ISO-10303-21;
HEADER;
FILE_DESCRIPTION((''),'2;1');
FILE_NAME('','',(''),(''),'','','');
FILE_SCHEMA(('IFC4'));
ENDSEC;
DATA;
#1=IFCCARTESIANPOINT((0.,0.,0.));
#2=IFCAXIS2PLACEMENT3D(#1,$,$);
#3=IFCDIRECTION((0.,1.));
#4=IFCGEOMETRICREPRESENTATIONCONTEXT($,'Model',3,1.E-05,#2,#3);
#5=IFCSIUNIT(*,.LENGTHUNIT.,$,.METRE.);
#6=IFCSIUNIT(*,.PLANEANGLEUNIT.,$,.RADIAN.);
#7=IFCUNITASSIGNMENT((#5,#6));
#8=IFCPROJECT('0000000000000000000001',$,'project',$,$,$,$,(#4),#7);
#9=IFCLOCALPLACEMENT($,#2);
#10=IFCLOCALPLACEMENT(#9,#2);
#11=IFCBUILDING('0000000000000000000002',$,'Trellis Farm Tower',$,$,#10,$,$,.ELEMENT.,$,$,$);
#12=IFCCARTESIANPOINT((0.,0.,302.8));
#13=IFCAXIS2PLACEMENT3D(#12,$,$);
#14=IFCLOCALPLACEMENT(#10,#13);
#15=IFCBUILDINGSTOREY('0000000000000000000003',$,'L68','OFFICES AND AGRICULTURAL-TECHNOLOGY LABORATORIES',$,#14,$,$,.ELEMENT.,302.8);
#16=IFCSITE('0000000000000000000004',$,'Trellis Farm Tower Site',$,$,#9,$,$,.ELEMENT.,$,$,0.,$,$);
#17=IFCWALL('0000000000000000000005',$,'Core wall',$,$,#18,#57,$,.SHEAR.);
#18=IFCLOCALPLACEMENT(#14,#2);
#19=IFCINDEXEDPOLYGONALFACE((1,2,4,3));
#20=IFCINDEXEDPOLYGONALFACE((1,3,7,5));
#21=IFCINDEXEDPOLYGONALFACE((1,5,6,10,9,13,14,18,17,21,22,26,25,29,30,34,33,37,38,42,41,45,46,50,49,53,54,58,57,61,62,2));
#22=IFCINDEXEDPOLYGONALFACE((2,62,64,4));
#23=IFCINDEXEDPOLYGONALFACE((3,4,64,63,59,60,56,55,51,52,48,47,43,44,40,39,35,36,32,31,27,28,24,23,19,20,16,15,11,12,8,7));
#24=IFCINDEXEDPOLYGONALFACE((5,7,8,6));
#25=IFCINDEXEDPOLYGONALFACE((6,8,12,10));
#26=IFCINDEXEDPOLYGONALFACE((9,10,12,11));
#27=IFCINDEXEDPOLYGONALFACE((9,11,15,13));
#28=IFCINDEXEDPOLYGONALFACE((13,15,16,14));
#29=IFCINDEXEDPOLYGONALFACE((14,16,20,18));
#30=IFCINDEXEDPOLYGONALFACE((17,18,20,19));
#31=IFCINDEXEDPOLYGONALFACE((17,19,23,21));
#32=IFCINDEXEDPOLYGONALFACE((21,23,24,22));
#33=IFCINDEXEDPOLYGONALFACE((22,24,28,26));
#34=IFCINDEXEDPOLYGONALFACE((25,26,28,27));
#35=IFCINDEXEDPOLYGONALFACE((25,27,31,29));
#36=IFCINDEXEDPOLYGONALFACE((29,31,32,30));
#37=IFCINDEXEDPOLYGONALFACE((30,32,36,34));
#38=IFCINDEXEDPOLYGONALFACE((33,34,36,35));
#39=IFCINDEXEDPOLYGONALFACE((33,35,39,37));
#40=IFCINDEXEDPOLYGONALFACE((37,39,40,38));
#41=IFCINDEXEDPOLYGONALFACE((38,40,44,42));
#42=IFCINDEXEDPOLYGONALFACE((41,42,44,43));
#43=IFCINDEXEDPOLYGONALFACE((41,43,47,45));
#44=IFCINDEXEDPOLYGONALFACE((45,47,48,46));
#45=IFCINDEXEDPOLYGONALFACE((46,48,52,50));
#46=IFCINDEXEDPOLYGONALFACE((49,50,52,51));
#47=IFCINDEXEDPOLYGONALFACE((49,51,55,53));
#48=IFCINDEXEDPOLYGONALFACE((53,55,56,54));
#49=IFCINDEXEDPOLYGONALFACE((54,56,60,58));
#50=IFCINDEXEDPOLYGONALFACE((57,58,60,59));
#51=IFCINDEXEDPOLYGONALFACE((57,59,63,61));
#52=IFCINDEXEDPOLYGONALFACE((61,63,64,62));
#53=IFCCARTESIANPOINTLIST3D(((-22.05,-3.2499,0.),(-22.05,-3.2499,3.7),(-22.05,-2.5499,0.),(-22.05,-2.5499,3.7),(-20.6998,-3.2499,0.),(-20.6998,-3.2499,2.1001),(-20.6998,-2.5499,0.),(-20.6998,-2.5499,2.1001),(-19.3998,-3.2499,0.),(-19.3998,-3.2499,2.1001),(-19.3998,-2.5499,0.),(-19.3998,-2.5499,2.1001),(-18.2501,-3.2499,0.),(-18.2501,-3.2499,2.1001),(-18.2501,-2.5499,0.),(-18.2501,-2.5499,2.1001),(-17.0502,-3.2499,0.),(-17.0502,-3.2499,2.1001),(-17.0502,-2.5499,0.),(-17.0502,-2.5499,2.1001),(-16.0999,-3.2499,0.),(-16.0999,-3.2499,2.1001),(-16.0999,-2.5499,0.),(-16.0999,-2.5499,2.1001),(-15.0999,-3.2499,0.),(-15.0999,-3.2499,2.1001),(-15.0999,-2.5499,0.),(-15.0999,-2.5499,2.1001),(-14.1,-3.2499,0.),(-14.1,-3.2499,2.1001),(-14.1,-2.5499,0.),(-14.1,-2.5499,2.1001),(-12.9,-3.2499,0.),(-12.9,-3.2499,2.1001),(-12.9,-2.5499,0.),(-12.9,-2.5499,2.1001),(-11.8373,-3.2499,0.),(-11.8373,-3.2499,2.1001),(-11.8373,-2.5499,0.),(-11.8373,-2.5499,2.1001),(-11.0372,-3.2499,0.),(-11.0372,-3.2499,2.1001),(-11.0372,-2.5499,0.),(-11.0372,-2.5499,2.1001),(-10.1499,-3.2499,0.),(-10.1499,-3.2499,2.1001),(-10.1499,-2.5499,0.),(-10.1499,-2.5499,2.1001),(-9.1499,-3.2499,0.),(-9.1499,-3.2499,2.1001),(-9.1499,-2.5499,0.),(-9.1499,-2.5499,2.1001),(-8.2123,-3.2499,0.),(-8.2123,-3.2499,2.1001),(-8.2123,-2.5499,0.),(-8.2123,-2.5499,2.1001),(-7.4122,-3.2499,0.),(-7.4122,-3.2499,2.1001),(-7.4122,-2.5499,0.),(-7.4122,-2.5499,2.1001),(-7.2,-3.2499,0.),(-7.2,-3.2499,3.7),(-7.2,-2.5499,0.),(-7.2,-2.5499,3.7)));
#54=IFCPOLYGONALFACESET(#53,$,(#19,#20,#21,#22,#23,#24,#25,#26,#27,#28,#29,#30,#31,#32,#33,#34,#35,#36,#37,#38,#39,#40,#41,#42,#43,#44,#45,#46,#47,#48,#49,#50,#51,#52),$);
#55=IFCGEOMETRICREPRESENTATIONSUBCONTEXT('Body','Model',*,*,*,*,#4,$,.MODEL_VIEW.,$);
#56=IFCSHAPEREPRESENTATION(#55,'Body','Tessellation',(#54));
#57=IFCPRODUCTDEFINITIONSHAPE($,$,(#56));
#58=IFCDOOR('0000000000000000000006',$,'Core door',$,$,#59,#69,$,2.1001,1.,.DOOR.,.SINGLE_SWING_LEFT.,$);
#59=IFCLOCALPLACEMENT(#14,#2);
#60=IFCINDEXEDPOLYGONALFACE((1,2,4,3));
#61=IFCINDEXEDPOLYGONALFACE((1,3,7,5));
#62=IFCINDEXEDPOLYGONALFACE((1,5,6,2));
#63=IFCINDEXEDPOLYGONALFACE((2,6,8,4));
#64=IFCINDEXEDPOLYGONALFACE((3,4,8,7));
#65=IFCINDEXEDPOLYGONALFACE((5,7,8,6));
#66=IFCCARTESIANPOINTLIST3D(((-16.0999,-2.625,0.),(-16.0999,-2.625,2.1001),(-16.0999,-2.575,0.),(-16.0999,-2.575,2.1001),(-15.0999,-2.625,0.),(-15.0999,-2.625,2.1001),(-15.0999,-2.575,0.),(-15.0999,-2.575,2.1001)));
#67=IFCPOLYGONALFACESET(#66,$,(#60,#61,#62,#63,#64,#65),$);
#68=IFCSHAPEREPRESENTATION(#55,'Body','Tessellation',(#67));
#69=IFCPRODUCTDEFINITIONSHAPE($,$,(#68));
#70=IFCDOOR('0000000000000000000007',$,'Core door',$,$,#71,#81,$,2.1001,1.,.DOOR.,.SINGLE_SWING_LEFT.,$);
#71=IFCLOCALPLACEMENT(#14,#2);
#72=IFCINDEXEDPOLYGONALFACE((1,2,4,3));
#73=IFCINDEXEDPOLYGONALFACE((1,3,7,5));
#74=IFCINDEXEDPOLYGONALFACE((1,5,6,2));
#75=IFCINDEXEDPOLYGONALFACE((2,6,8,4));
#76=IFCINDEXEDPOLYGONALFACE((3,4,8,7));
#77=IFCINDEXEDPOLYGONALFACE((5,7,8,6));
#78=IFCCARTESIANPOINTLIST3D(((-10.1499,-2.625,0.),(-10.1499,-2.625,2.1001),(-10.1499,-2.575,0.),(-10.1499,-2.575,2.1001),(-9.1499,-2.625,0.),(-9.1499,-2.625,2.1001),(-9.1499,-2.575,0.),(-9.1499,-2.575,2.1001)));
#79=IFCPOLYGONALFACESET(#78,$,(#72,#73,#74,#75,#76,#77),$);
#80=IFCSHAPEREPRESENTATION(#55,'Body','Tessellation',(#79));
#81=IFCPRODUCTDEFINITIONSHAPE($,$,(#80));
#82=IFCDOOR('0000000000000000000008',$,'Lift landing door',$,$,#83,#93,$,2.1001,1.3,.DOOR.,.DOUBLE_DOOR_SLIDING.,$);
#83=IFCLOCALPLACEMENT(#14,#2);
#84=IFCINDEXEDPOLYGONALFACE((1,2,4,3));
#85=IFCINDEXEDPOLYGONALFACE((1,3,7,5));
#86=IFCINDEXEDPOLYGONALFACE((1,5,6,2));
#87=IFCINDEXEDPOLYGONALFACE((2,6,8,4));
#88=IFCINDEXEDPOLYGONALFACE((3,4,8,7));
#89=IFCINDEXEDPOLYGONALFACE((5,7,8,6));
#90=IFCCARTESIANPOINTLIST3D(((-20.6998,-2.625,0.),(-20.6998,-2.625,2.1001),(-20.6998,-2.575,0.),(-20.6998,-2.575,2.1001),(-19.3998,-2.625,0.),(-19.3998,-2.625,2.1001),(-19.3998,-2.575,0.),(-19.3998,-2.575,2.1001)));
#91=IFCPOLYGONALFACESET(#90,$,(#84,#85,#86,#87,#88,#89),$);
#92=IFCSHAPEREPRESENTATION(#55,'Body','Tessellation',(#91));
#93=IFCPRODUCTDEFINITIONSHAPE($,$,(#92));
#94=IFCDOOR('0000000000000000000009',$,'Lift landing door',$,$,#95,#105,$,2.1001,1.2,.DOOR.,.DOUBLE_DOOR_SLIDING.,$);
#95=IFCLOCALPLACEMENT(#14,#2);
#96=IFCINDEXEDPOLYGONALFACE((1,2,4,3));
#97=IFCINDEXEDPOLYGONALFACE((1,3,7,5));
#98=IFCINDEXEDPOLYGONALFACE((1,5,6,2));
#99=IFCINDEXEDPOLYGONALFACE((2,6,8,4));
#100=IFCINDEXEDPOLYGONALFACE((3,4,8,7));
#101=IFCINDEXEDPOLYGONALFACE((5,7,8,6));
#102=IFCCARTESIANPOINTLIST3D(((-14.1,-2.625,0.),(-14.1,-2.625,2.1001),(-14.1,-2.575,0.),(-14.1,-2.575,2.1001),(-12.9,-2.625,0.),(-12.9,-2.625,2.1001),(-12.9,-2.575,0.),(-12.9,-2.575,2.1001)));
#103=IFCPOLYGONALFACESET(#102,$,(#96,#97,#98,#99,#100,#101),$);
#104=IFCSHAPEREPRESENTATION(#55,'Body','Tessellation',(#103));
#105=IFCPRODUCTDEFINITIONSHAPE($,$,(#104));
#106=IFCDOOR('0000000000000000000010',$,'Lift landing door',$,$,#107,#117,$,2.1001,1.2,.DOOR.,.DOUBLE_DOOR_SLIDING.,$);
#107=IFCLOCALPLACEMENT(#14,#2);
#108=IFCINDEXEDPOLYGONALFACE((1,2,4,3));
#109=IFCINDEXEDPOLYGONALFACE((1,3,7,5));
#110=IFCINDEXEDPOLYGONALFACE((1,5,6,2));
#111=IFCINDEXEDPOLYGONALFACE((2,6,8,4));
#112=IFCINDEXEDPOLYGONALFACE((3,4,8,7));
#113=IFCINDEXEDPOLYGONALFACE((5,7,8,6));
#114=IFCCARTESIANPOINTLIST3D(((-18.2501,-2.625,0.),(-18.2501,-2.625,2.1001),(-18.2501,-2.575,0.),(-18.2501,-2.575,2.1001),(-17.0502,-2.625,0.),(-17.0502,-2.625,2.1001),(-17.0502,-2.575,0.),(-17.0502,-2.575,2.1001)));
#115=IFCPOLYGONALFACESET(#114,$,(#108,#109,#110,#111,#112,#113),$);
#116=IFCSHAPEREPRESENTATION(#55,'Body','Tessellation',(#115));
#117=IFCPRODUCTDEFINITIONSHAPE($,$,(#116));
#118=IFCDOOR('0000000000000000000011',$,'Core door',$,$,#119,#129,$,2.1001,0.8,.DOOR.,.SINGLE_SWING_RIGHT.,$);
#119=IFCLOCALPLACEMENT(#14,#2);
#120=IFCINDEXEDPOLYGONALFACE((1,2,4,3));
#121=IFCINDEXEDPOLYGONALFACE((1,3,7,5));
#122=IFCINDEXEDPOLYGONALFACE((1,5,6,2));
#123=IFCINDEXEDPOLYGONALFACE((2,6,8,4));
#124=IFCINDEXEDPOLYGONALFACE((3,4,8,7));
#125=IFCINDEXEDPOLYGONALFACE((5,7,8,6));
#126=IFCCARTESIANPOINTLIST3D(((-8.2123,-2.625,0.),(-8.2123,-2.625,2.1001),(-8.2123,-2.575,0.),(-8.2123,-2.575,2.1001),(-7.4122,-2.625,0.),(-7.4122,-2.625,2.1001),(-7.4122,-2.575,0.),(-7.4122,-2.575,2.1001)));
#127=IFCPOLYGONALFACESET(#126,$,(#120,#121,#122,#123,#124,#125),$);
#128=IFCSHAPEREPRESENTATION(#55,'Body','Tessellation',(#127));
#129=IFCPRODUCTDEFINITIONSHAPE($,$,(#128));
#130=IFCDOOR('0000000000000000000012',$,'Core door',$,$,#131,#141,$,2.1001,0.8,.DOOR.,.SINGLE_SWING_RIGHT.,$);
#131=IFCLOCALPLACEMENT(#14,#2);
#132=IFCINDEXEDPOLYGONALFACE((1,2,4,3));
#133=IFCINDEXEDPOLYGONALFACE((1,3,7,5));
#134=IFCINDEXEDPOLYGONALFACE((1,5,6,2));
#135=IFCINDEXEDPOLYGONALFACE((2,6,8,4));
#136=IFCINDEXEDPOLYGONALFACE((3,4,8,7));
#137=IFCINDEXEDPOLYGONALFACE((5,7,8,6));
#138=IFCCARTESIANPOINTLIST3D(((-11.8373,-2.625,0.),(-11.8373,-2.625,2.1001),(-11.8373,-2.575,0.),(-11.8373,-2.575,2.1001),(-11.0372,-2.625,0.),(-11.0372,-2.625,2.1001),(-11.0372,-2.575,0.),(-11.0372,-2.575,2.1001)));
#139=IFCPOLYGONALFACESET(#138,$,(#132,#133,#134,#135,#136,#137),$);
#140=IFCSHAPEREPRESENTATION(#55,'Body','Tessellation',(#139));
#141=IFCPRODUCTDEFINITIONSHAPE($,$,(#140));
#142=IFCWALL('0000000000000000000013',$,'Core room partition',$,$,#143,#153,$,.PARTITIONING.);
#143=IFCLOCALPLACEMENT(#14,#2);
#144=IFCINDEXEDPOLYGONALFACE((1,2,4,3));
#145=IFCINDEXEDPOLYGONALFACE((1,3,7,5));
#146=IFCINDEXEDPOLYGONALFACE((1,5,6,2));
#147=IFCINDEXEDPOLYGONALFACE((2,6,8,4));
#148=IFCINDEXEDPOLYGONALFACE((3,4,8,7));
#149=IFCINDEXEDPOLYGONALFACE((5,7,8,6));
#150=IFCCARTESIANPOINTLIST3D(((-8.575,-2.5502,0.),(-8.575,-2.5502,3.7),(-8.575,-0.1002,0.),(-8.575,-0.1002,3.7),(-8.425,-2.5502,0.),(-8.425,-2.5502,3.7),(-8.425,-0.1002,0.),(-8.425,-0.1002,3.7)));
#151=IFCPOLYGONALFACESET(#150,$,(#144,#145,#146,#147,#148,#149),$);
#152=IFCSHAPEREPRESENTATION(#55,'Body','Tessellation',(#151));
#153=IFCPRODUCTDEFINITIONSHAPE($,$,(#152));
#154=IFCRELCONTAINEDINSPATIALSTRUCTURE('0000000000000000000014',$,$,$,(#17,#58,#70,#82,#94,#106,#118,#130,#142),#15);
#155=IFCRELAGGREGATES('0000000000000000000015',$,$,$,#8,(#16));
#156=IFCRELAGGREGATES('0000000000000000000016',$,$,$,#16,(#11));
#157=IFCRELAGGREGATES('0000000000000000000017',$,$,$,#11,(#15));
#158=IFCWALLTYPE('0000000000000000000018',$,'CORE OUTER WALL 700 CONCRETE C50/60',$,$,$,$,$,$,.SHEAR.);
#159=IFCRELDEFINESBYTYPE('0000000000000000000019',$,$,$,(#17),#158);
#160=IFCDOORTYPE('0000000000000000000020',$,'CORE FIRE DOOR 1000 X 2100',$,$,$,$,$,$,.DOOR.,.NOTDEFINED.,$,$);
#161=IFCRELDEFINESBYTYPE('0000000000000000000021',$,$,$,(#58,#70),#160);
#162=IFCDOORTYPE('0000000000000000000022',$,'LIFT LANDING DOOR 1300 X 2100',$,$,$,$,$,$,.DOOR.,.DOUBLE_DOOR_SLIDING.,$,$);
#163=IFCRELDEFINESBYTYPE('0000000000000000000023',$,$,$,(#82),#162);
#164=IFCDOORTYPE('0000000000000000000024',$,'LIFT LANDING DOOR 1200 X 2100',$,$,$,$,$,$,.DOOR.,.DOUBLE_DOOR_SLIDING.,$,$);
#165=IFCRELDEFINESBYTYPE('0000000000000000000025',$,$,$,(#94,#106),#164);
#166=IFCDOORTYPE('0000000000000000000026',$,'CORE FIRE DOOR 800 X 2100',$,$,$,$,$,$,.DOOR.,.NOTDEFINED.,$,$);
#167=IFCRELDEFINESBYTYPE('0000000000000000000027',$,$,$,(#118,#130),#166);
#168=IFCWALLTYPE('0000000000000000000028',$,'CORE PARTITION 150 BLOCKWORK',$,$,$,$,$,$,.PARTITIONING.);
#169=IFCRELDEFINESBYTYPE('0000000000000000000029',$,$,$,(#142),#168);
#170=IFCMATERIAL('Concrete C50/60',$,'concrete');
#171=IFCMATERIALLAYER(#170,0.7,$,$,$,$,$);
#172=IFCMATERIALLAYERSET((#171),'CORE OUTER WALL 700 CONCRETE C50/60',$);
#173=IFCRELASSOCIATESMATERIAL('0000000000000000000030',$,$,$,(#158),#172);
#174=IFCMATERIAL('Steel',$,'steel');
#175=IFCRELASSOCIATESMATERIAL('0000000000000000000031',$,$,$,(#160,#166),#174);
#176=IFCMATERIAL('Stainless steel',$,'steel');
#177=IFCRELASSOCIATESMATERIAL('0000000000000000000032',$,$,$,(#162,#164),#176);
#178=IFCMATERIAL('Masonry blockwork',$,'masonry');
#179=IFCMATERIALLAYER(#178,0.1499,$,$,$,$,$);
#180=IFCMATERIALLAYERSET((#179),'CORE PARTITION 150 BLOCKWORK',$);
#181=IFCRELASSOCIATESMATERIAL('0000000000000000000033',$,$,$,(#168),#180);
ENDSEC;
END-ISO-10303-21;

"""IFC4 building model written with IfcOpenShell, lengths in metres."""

from ifc_helpers import new_model, si_unit, direction, frame, frame_2d, origin, place, context, subcontext, project, spatial, rectangle, extrude, source, transform, mapped, material, layer, layer_set, type_object, element, fill, save


model = new_model("IFC4")

# Units and contexts
model_context = context("Model", 3, precision=1e-05, world=origin(), true_north=direction((0.0, 1.0)))
body_context = subcontext(model_context, "Body", "Model", "MODEL_VIEW")
ifc_project = project(units=[si_unit("LENGTHUNIT", "METRE"), si_unit("PLANEANGLEUNIT", "RADIAN")], contexts=[model_context])

# Site, building, storey
site_placement = place(None, origin())
site = spatial("IfcSite", under=ifc_project, at=site_placement, Name="Trellis Farm Tower Site", CompositionType="ELEMENT", RefElevation=0.0)
building_placement = place(site_placement, origin())
building = spatial("IfcBuilding", under=site, at=building_placement, Name="Trellis Farm Tower", CompositionType="ELEMENT")
storey_placement = place(building_placement, frame((0.0, 0.0, 302.8)))
storey = spatial("IfcBuildingStorey", under=building, at=storey_placement, Name="L68", Description="OFFICES AND AGRICULTURAL-TECHNOLOGY LABORATORIES", CompositionType="ELEMENT", Elevation=302.8)

# Wall, openings, doors
ifc_material_1 = material(Name="Concrete C50/60", Category="concrete")
ifc_layer_1 = layer(ifc_material_1, 0.7)
ifc_layer_set_1 = layer_set([ifc_layer_1], Name="CORE OUTER WALL 700 CONCRETE C50/60")
wall_type_1 = type_object("IfcWallType", Name="CORE OUTER WALL 700 CONCRETE C50/60", PredefinedType="SHEAR", material=ifc_layer_set_1)
shared_shape_1 = source(origin(), body_context, "Body", "SweptSolid", [
    extrude(rectangle(XDim=14.8501, YDim=0.7, at=frame_2d((7.425, 0.0))), origin(), (0.0, 0.0, 1.0), 3.7),
])
wall_1_placement = place(storey_placement, frame((-7.2, -2.8999, 0.0), z_axis=(0.0, 0.0, 1.0), x_axis=(-1.0, 0.0, 0.0)))
wall_1 = element("IfcWall", 1, at=wall_1_placement, inside=storey, type_object=wall_type_1, Name="Core wall", PredefinedType="SHEAR", context=body_context, shape_type="MappedRepresentation", body=[
    mapped(shared_shape_1, transform((0.0, 0.0, 0.0))),
])
shared_shape_2 = source(origin(), body_context, "Body", "SweptSolid", [
    extrude(rectangle(XDim=1.2, YDim=2.1001, at=frame_2d((0.6001, 1.05))), frame((0.0, 0.3601, 0.0), z_axis=(0.0, -1.0, 0.0), x_axis=(1.0, 0.0, 0.0)), (0.0, 0.0, 1.0), 0.7202),
])
opening_1_placement = place(wall_1_placement, frame((5.7, 0.0, 0.0)))
opening_1 = element("IfcOpeningElement", 2, at=opening_1_placement, cuts=wall_1, PredefinedType="OPENING", context=body_context, shape_type="MappedRepresentation", body=[
    mapped(shared_shape_2, transform((0.0, 0.0, 0.0))),
])
shared_shape_3 = source(origin(), body_context, "Body", "SweptSolid", [
    extrude(rectangle(XDim=1.3, YDim=2.1001, at=frame_2d((0.6499, 1.05))), frame((0.0, 0.3601, 0.0), z_axis=(0.0, -1.0, 0.0), x_axis=(1.0, 0.0, 0.0)), (0.0, 0.0, 1.0), 0.7202),
])
opening_2_placement = place(wall_1_placement, frame((12.2, 0.0, 0.0)))
opening_2 = element("IfcOpeningElement", 3, at=opening_2_placement, cuts=wall_1, PredefinedType="OPENING", context=body_context, shape_type="MappedRepresentation", body=[
    mapped(shared_shape_3, transform((0.0, 0.0, 0.0))),
])
opening_3_placement = place(wall_1_placement, frame((9.8501, 0.0, 0.0)))
opening_3 = element("IfcOpeningElement", 4, at=opening_3_placement, cuts=wall_1, PredefinedType="OPENING", context=body_context, shape_type="MappedRepresentation", body=[
    mapped(shared_shape_2, transform((0.0, 0.0, 0.0))),
])
shared_shape_4 = source(origin(), body_context, "Body", "SweptSolid", [
    extrude(rectangle(XDim=1.0, YDim=2.1001, at=frame_2d((0.5, 1.05))), frame((0.0, 0.3601, 0.0), z_axis=(0.0, -1.0, 0.0), x_axis=(1.0, 0.0, 0.0)), (0.0, 0.0, 1.0), 0.7202),
])
opening_4_placement = place(wall_1_placement, frame((7.8999, 0.0, 0.0)))
opening_4 = element("IfcOpeningElement", 5, at=opening_4_placement, cuts=wall_1, PredefinedType="OPENING", context=body_context, shape_type="MappedRepresentation", body=[
    mapped(shared_shape_4, transform((0.0, 0.0, 0.0))),
])
shared_shape_5 = source(origin(), body_context, "Body", "SweptSolid", [
    extrude(rectangle(XDim=0.8, YDim=2.1001, at=frame_2d((0.3999, 1.05))), frame((0.0, 0.3601, 0.0), z_axis=(0.0, -1.0, 0.0), x_axis=(1.0, 0.0, 0.0)), (0.0, 0.0, 1.0), 0.7202),
])
opening_5_placement = place(wall_1_placement, frame((0.2124, 0.0, 0.0)))
opening_5 = element("IfcOpeningElement", 6, at=opening_5_placement, cuts=wall_1, PredefinedType="OPENING", context=body_context, shape_type="MappedRepresentation", body=[
    mapped(shared_shape_5, transform((0.0, 0.0, 0.0))),
])
opening_6_placement = place(wall_1_placement, frame((1.95, 0.0, 0.0)))
opening_6 = element("IfcOpeningElement", 7, at=opening_6_placement, cuts=wall_1, PredefinedType="OPENING", context=body_context, shape_type="MappedRepresentation", body=[
    mapped(shared_shape_4, transform((0.0, 0.0, 0.0))),
])
opening_7_placement = place(wall_1_placement, frame((3.8374, 0.0, 0.0)))
opening_7 = element("IfcOpeningElement", 8, at=opening_7_placement, cuts=wall_1, PredefinedType="OPENING", context=body_context, shape_type="MappedRepresentation", body=[
    mapped(shared_shape_5, transform((0.0, 0.0, 0.0))),
])
ifc_material_2 = material(Name="Steel", Category="steel")
door_type_1 = type_object("IfcDoorType", Name="CORE FIRE DOOR 1000 X 2100", OperationType="NOTDEFINED", PredefinedType="DOOR", material=ifc_material_2)
shared_shape_6 = source(origin(), body_context, "Body", "SweptSolid", [
    extrude(rectangle(XDim=1.0, YDim=2.1001, at=frame_2d((0.5, 1.05))), frame((0.0, -0.2749, 0.0), z_axis=(0.0, -1.0, 0.0), x_axis=(1.0, 0.0, 0.0)), (0.0, 0.0, 1.0), 0.05),
])
door_1_placement = place(opening_4_placement, origin())
door_1 = element("IfcDoor", 9, at=door_1_placement, inside=storey, type_object=door_type_1, Name="Core door", OperationType="SINGLE_SWING_LEFT", OverallHeight=2.1001, OverallWidth=1.0, PredefinedType="DOOR", context=body_context, shape_type="MappedRepresentation", body=[
    mapped(shared_shape_6, transform((0.0, 0.0, 0.0))),
])
fill(opening_4, door_1)
door_2_placement = place(opening_6_placement, origin())
door_2 = element("IfcDoor", 10, at=door_2_placement, inside=storey, type_object=door_type_1, Name="Core door", OperationType="SINGLE_SWING_LEFT", OverallHeight=2.1001, OverallWidth=1.0, PredefinedType="DOOR", context=body_context, shape_type="MappedRepresentation", body=[
    mapped(shared_shape_6, transform((0.0, 0.0, 0.0))),
])
fill(opening_6, door_2)
ifc_material_3 = material(Name="Stainless steel", Category="steel")
door_type_2 = type_object("IfcDoorType", Name="LIFT LANDING DOOR 1300 X 2100", OperationType="DOUBLE_DOOR_SLIDING", PredefinedType="DOOR", material=ifc_material_3)
shared_shape_7 = source(origin(), body_context, "Body", "SweptSolid", [
    extrude(rectangle(XDim=1.3, YDim=2.1001, at=frame_2d((0.6499, 1.05))), frame((0.0, -0.2749, 0.0), z_axis=(0.0, -1.0, 0.0), x_axis=(1.0, 0.0, 0.0)), (0.0, 0.0, 1.0), 0.05),
])
door_3_placement = place(opening_2_placement, origin())
door_3 = element("IfcDoor", 11, at=door_3_placement, inside=storey, type_object=door_type_2, Name="Lift landing door", OperationType="DOUBLE_DOOR_SLIDING", OverallHeight=2.1001, OverallWidth=1.3, PredefinedType="DOOR", context=body_context, shape_type="MappedRepresentation", body=[
    mapped(shared_shape_7, transform((0.0, 0.0, 0.0))),
])
fill(opening_2, door_3)
door_type_3 = type_object("IfcDoorType", Name="LIFT LANDING DOOR 1200 X 2100", OperationType="DOUBLE_DOOR_SLIDING", PredefinedType="DOOR", material=ifc_material_3)
shared_shape_8 = source(origin(), body_context, "Body", "SweptSolid", [
    extrude(rectangle(XDim=1.2, YDim=2.1001, at=frame_2d((0.6001, 1.05))), frame((0.0, -0.2749, 0.0), z_axis=(0.0, -1.0, 0.0), x_axis=(1.0, 0.0, 0.0)), (0.0, 0.0, 1.0), 0.05),
])
door_4_placement = place(opening_1_placement, origin())
door_4 = element("IfcDoor", 12, at=door_4_placement, inside=storey, type_object=door_type_3, Name="Lift landing door", OperationType="DOUBLE_DOOR_SLIDING", OverallHeight=2.1001, OverallWidth=1.2, PredefinedType="DOOR", context=body_context, shape_type="MappedRepresentation", body=[
    mapped(shared_shape_8, transform((0.0, 0.0, 0.0))),
])
fill(opening_1, door_4)
door_5_placement = place(opening_3_placement, origin())
door_5 = element("IfcDoor", 13, at=door_5_placement, inside=storey, type_object=door_type_3, Name="Lift landing door", OperationType="DOUBLE_DOOR_SLIDING", OverallHeight=2.1001, OverallWidth=1.2, PredefinedType="DOOR", context=body_context, shape_type="MappedRepresentation", body=[
    mapped(shared_shape_8, transform((0.0, 0.0, 0.0))),
])
fill(opening_3, door_5)
door_type_4 = type_object("IfcDoorType", Name="CORE FIRE DOOR 800 X 2100", OperationType="NOTDEFINED", PredefinedType="DOOR", material=ifc_material_2)
shared_shape_9 = source(origin(), body_context, "Body", "SweptSolid", [
    extrude(rectangle(XDim=0.8, YDim=2.1001, at=frame_2d((0.3999, 1.05))), frame((0.0, -0.2749, 0.0), z_axis=(0.0, -1.0, 0.0), x_axis=(1.0, 0.0, 0.0)), (0.0, 0.0, 1.0), 0.05),
])
door_6_placement = place(opening_5_placement, origin())
door_6 = element("IfcDoor", 14, at=door_6_placement, inside=storey, type_object=door_type_4, Name="Core door", OperationType="SINGLE_SWING_RIGHT", OverallHeight=2.1001, OverallWidth=0.8, PredefinedType="DOOR", context=body_context, shape_type="MappedRepresentation", body=[
    mapped(shared_shape_9, transform((0.0, 0.0, 0.0))),
])
fill(opening_5, door_6)
door_7_placement = place(opening_7_placement, origin())
door_7 = element("IfcDoor", 15, at=door_7_placement, inside=storey, type_object=door_type_4, Name="Core door", OperationType="SINGLE_SWING_RIGHT", OverallHeight=2.1001, OverallWidth=0.8, PredefinedType="DOOR", context=body_context, shape_type="MappedRepresentation", body=[
    mapped(shared_shape_9, transform((0.0, 0.0, 0.0))),
])
fill(opening_7, door_7)

# Wall
ifc_material_4 = material(Name="Masonry blockwork", Category="masonry")
ifc_layer_2 = layer(ifc_material_4, 0.1499)
ifc_layer_set_2 = layer_set([ifc_layer_2], Name="CORE PARTITION 150 BLOCKWORK")
wall_type_2 = type_object("IfcWallType", Name="CORE PARTITION 150 BLOCKWORK", PredefinedType="PARTITIONING", material=ifc_layer_set_2)
shared_shape_10 = source(origin(), body_context, "Body", "SweptSolid", [
    extrude(rectangle(XDim=2.45, YDim=0.1499, at=frame_2d((1.2251, 0.0))), origin(), (0.0, 0.0, 1.0), 3.7),
])
for number, where, z_axis, x_axis, name in (
    (16, (-8.5, -0.1001, 0.0), (0.0, 0.0, 1.0), (0.0, -1.0, 0.0), "Core room partition"),
):
    element("IfcWall", number, at=place(storey_placement, frame(where, z_axis=z_axis, x_axis=x_axis)), inside=storey, type_object=wall_type_2, Name=name, PredefinedType="PARTITIONING", context=body_context, shape_type="MappedRepresentation", body=[
        mapped(shared_shape_10, transform((0.0, 0.0, 0.0))),
    ])

save(model, "model.ifc")
